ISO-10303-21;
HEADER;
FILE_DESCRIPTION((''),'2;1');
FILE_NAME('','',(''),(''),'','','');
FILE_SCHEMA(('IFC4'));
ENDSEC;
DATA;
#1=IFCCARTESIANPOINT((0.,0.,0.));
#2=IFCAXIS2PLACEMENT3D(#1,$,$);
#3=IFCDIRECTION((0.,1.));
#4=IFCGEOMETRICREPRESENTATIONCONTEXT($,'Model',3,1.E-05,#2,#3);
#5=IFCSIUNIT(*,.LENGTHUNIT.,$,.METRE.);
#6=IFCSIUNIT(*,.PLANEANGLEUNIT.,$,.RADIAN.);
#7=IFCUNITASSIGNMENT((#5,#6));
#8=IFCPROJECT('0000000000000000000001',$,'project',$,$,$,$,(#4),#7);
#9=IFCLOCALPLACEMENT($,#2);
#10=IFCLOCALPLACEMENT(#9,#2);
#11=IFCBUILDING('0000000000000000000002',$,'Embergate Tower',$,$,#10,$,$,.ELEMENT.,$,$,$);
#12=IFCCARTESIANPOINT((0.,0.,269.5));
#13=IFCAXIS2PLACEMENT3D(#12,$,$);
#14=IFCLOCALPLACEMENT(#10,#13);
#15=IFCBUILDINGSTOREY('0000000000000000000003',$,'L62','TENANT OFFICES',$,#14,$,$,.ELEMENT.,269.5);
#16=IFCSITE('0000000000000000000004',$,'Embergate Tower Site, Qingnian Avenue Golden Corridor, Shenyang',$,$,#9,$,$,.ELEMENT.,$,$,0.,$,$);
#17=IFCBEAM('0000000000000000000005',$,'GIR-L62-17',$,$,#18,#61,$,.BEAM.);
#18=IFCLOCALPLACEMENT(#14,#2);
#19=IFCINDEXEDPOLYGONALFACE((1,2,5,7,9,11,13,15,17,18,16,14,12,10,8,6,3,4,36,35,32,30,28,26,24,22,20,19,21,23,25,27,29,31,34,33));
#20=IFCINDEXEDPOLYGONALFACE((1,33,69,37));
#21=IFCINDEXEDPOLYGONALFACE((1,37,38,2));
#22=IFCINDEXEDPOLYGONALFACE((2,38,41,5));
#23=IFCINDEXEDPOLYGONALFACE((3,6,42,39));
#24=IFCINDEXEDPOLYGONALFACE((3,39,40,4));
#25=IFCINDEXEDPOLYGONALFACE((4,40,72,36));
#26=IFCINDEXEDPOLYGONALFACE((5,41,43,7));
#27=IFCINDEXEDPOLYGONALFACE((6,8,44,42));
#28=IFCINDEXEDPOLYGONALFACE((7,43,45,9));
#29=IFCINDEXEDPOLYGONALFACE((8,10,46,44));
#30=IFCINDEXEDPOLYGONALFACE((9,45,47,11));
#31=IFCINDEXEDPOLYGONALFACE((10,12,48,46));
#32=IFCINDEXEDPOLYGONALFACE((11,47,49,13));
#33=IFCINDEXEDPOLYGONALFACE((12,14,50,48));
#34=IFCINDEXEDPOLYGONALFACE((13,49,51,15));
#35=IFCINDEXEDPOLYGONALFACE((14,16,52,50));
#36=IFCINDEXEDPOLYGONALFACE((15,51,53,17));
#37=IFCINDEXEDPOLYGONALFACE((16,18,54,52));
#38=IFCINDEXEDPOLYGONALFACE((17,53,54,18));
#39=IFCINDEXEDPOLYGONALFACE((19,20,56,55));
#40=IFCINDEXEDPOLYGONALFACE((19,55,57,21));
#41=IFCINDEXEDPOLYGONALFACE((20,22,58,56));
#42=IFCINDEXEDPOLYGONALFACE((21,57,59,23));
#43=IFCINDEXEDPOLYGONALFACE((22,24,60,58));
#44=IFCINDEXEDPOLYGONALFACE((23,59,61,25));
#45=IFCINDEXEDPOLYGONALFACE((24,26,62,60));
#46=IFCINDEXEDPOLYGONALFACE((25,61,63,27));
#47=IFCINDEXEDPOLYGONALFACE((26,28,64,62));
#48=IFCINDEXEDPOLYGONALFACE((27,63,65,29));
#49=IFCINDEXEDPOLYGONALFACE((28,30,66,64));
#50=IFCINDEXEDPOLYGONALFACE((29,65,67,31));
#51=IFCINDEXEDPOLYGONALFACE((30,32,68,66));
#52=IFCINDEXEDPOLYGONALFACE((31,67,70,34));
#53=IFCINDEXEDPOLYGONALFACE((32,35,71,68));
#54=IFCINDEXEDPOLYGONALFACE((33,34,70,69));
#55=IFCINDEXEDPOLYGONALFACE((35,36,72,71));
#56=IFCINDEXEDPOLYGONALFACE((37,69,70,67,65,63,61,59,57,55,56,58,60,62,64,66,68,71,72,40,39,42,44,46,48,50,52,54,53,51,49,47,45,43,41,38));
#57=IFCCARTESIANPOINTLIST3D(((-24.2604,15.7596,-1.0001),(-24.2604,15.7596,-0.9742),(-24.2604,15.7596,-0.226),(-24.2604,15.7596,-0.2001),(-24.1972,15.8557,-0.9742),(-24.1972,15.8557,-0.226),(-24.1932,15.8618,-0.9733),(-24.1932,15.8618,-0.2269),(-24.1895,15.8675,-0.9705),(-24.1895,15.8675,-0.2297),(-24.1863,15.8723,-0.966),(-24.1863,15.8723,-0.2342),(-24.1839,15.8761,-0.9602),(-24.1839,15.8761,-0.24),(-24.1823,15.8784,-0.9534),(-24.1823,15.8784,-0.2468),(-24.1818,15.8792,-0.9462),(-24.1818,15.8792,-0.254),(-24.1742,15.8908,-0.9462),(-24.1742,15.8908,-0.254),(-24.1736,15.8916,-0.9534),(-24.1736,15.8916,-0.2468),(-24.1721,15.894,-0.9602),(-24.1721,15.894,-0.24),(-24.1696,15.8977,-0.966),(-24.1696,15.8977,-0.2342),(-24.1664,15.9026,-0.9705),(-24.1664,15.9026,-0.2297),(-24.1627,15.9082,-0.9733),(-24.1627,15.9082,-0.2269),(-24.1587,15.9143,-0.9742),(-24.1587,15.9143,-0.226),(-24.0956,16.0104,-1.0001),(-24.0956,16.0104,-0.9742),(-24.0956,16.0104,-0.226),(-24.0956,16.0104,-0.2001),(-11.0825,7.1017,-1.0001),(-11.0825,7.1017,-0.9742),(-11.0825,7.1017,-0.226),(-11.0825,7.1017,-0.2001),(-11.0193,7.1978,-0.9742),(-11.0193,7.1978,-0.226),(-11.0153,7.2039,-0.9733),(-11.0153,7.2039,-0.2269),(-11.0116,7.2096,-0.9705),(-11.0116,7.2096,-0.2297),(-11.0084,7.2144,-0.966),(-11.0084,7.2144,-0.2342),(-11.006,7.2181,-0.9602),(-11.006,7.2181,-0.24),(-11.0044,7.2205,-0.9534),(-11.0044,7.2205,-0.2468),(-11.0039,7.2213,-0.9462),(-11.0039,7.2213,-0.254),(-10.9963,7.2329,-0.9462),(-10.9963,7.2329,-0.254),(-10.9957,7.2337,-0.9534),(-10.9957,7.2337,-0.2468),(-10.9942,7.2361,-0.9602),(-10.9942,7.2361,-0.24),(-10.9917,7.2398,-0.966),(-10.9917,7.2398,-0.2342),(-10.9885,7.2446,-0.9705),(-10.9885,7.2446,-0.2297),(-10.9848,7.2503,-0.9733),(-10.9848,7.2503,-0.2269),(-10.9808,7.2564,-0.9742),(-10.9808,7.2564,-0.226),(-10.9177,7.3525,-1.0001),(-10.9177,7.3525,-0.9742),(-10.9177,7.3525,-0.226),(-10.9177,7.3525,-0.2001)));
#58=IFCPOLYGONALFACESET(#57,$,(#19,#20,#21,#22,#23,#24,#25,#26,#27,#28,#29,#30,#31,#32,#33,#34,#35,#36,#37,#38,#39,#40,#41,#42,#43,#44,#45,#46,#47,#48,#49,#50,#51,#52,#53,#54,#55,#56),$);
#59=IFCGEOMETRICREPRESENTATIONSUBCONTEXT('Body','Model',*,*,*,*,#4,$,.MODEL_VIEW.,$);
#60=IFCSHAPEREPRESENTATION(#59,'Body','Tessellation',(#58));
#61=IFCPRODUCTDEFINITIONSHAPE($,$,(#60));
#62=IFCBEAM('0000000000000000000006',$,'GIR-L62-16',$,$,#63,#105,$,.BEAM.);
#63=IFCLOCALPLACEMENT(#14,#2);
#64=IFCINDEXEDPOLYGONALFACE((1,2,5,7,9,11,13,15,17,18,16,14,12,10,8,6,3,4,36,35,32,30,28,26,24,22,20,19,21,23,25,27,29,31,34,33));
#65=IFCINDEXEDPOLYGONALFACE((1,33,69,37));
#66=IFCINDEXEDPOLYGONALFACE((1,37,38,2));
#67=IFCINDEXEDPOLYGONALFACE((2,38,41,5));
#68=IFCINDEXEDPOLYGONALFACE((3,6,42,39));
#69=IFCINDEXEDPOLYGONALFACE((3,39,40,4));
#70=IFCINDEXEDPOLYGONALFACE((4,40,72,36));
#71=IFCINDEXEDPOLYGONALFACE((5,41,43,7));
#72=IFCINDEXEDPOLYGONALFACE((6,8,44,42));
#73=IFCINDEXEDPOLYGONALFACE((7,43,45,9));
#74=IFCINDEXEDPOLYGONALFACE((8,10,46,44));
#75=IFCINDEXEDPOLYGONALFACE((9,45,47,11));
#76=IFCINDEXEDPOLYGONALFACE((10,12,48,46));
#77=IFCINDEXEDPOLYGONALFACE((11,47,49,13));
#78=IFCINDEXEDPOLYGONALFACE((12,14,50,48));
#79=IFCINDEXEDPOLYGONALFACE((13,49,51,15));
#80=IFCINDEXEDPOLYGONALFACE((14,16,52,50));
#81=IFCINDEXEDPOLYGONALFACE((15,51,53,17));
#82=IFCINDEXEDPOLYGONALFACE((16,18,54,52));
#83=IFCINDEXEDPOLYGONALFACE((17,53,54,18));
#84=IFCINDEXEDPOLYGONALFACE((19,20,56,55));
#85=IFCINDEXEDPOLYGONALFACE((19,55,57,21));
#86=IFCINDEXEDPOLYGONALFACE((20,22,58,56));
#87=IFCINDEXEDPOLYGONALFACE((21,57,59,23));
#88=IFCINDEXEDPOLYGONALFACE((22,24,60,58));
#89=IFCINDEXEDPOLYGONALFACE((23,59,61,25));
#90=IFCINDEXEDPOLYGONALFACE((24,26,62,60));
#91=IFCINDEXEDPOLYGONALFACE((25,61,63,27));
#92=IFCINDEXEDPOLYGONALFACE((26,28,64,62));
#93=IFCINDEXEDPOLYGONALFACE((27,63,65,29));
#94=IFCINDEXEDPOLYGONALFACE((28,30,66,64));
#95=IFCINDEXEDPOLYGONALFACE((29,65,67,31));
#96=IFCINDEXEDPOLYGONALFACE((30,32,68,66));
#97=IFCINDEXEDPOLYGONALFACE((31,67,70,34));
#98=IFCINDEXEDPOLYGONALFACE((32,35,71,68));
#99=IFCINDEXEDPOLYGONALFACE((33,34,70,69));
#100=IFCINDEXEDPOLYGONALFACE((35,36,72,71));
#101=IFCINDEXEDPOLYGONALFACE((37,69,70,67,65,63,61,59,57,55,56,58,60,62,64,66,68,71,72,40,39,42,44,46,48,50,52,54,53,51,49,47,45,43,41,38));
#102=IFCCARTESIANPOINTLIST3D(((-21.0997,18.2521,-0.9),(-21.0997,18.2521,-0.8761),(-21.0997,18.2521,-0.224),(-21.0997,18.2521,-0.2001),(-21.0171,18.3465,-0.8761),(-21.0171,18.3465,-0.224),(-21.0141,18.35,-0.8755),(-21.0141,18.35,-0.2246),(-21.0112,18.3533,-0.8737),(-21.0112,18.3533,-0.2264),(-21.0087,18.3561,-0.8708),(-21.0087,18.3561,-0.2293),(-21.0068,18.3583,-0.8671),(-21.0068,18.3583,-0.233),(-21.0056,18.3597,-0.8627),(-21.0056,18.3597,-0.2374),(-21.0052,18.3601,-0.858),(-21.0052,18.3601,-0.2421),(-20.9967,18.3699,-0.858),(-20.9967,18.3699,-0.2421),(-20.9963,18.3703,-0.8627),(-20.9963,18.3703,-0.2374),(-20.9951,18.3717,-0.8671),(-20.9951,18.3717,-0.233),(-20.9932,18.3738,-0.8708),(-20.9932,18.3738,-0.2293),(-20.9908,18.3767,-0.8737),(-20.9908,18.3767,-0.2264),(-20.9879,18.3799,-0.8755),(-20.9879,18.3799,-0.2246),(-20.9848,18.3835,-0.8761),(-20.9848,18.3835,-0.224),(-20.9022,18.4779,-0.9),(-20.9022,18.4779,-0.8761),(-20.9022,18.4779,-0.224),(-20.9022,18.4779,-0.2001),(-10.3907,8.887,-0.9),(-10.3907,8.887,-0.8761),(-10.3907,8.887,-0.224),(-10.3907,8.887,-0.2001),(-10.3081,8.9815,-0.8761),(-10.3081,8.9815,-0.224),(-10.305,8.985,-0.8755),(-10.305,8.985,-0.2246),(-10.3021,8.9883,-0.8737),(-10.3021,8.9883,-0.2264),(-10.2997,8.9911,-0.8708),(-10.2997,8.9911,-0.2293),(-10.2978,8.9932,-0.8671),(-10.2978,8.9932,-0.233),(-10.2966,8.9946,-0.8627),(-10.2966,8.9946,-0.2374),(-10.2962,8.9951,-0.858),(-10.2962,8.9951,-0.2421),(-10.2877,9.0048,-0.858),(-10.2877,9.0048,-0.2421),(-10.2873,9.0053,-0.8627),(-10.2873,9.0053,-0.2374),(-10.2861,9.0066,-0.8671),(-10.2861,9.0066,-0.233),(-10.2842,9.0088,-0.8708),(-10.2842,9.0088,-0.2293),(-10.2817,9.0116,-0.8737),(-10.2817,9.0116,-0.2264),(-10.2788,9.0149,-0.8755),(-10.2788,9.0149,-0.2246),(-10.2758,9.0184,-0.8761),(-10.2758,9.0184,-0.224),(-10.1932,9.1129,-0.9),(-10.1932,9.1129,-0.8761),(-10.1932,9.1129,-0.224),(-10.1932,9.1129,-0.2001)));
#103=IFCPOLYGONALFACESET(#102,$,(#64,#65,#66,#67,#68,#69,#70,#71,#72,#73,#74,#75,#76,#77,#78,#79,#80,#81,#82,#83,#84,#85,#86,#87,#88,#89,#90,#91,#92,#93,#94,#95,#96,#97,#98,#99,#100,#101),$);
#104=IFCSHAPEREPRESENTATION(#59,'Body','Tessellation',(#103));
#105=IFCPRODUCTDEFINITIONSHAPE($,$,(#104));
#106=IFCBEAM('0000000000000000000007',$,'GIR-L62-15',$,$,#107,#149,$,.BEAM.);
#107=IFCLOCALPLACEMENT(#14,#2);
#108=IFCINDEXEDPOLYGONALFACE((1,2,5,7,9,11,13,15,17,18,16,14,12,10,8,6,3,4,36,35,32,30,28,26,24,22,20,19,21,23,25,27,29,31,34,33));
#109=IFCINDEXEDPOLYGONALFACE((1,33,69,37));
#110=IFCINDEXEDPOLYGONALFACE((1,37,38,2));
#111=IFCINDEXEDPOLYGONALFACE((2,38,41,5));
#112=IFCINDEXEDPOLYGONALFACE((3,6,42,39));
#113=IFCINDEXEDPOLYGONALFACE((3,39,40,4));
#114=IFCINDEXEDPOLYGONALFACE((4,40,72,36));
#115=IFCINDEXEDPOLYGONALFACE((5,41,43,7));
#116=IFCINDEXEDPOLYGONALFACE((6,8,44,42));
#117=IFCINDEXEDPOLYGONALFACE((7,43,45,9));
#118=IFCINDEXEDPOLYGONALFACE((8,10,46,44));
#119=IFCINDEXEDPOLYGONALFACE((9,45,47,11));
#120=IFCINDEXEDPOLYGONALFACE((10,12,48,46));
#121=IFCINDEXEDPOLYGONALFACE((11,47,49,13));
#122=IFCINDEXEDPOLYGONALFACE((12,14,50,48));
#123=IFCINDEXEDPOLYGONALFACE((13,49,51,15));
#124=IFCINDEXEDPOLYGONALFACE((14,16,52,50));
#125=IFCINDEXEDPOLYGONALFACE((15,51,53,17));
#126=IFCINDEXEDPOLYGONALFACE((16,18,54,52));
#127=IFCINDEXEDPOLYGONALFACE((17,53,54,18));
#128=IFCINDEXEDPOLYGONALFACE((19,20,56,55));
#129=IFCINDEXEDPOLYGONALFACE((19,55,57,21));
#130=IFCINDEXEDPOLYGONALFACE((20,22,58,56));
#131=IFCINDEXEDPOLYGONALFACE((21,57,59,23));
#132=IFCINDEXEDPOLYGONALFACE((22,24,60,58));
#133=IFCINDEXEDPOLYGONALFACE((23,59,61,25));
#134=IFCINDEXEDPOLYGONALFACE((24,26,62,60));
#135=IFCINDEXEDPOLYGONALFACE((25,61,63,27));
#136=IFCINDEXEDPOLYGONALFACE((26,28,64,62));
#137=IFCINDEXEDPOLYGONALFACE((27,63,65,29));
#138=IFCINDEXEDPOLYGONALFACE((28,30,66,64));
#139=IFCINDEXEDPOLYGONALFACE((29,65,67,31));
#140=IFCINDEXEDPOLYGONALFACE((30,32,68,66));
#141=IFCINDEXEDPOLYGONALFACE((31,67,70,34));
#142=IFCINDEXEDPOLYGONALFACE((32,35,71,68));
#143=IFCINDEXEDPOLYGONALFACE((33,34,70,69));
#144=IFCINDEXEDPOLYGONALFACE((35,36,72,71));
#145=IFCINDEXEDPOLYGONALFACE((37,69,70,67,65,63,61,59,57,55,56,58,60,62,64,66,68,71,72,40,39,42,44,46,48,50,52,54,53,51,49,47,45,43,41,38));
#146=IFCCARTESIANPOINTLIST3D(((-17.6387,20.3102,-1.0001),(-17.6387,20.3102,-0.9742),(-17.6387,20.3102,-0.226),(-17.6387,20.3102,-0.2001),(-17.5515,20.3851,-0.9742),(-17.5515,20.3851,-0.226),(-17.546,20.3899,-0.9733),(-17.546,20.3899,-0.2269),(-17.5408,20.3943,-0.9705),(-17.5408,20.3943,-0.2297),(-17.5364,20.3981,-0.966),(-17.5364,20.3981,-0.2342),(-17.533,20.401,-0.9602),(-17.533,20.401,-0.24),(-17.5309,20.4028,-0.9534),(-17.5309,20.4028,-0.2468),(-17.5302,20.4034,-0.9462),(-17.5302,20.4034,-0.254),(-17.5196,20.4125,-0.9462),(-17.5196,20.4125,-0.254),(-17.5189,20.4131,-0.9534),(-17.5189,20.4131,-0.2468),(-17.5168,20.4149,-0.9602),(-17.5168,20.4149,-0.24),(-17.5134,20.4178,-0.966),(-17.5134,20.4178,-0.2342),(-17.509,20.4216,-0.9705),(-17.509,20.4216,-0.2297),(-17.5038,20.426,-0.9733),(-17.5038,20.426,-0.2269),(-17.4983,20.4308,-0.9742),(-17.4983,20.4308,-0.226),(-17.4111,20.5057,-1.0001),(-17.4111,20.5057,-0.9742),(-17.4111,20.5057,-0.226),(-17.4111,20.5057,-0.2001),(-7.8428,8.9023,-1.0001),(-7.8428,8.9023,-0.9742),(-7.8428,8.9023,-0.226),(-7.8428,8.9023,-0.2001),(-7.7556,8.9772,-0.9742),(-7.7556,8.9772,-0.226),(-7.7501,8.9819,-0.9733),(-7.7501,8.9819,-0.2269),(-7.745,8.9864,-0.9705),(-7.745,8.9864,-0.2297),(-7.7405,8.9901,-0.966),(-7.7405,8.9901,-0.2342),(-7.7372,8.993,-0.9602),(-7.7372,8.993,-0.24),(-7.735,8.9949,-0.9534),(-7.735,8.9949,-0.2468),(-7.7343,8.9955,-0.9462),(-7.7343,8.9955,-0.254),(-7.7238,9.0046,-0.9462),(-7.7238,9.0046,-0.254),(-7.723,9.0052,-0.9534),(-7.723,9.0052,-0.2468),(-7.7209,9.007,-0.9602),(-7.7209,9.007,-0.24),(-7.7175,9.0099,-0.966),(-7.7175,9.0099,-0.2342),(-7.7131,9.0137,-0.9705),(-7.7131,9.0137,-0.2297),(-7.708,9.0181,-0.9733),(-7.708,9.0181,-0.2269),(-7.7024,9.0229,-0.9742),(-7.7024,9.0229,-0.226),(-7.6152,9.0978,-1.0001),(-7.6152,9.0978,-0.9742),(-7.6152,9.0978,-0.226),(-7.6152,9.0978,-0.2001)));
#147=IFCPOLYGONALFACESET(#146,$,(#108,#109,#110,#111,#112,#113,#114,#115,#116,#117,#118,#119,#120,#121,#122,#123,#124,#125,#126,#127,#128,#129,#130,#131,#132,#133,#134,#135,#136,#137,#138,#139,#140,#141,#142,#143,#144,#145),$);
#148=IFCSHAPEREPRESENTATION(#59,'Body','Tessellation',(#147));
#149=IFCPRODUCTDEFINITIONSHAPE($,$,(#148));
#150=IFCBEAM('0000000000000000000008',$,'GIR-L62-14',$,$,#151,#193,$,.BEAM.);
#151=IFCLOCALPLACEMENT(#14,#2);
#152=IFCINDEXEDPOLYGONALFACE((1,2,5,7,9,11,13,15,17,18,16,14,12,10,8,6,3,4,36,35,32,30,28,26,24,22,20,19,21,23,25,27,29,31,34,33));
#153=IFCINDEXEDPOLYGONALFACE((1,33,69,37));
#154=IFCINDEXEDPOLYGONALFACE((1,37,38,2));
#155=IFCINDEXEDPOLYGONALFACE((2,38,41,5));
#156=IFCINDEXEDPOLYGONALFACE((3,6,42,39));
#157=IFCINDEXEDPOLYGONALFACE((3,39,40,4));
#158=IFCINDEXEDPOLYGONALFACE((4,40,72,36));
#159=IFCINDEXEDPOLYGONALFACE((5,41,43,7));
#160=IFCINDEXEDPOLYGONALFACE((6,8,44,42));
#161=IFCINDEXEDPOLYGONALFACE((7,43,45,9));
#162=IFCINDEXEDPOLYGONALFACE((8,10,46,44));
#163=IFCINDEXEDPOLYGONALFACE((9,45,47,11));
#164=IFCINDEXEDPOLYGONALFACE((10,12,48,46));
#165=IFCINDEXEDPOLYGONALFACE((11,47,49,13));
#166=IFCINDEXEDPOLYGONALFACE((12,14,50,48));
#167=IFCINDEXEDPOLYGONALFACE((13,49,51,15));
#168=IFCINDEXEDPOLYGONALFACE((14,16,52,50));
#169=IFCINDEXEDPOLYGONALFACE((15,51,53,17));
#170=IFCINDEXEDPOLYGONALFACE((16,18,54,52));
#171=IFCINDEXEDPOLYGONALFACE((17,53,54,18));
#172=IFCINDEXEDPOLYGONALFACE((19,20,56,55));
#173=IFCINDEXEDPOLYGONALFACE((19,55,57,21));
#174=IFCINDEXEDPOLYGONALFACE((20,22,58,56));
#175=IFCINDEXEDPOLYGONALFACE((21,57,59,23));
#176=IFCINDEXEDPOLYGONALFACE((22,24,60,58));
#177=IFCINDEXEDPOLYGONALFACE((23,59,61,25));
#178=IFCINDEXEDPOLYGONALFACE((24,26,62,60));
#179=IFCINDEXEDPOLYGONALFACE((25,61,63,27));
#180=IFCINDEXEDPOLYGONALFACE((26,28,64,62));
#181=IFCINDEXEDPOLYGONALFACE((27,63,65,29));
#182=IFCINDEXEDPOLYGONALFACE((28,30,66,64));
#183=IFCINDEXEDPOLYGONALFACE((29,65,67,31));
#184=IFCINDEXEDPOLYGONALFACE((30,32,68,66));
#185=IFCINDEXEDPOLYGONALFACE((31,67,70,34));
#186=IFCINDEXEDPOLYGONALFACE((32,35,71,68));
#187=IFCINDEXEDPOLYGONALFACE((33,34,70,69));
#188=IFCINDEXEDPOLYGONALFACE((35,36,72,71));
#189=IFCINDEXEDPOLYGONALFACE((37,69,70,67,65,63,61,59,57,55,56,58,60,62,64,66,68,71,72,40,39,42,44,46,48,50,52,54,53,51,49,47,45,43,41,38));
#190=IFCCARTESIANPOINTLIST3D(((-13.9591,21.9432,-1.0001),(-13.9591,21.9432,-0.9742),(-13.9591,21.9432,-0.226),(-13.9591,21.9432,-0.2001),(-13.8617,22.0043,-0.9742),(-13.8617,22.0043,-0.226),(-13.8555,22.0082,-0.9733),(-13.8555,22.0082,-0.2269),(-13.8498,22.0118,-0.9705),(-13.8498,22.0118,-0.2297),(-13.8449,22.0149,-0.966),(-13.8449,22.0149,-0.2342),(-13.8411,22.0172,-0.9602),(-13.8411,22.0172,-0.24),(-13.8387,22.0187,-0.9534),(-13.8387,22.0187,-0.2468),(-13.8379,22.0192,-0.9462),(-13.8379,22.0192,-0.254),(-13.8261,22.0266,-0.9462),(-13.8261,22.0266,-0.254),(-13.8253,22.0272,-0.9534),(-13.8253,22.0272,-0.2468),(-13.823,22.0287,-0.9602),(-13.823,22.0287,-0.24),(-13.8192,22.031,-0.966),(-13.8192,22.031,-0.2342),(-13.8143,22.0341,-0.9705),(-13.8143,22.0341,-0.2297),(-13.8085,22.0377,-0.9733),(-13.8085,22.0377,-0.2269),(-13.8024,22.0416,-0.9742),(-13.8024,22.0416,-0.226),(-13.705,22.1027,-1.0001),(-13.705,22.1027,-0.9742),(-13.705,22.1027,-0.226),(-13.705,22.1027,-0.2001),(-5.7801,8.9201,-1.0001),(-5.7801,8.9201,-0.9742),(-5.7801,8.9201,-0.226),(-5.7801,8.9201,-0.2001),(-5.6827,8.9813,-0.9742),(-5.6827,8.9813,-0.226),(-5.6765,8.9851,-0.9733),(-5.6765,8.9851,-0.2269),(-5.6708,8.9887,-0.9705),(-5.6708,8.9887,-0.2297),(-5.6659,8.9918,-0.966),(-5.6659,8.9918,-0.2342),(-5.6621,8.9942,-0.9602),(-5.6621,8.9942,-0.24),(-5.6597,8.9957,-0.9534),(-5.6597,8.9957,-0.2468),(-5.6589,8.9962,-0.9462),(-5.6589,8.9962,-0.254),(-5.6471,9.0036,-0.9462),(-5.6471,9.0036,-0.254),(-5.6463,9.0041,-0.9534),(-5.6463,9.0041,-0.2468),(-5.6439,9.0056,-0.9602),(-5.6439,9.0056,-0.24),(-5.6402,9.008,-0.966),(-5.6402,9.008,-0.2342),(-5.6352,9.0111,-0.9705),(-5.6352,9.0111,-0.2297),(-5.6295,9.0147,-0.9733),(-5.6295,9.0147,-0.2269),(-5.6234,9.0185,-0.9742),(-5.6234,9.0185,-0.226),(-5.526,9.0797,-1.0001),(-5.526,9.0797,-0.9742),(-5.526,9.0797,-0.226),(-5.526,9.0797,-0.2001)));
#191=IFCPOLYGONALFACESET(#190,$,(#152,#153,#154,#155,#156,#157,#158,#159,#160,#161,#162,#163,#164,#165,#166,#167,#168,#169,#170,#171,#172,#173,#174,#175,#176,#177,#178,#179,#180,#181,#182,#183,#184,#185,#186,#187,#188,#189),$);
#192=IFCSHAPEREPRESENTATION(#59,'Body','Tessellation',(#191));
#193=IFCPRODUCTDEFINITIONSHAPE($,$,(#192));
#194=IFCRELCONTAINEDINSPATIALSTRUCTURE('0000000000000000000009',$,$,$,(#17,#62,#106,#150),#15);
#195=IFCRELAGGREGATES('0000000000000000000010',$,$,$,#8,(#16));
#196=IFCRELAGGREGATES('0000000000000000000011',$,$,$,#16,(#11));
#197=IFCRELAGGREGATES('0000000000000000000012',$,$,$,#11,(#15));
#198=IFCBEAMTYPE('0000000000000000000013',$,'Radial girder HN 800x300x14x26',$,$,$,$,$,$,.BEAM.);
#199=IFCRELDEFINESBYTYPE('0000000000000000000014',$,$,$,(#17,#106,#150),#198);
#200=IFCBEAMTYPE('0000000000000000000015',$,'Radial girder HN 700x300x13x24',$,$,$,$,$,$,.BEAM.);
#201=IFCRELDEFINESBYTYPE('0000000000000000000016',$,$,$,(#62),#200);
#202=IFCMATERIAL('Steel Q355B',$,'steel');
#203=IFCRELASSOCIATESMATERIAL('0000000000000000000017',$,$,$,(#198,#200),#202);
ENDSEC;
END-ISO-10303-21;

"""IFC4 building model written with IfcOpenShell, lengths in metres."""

from ifc_helpers import new_model, si_unit, direction, frame, origin, origin_2d, place, context, subcontext, project, spatial, i_section, extrude, source, transform, mapped, material, material_profile, profile_set, type_object, element, save


model = new_model("IFC4")

# Units and contexts
model_context = context("Model", 3, precision=1e-05, world=origin(), true_north=direction((0.0, 1.0)))
body_context = subcontext(model_context, "Body", "Model", "MODEL_VIEW")
ifc_project = project(units=[si_unit("LENGTHUNIT", "METRE"), si_unit("PLANEANGLEUNIT", "RADIAN")], contexts=[model_context])

# Site, building, storey
site_placement = place(None, origin())
site = spatial("IfcSite", under=ifc_project, at=site_placement, Name="Embergate Tower Site, Qingnian Avenue Golden Corridor, Shenyang", CompositionType="ELEMENT", RefElevation=0.0)
building_placement = place(site_placement, origin())
building = spatial("IfcBuilding", under=site, at=building_placement, Name="Embergate Tower", CompositionType="ELEMENT")
storey_placement = place(building_placement, frame((0.0, 0.0, 269.5)))
storey = spatial("IfcBuildingStorey", under=building, at=storey_placement, Name="L62", Description="TENANT OFFICES", CompositionType="ELEMENT", Elevation=269.5)

# Beams
ifc_material_1 = material(Name="Steel Q355B", Category="steel")
ifc_material_profile_1 = material_profile(ifc_material_1, i_section(OverallWidth=0.3, OverallDepth=0.8, WebThickness=0.0139, FlangeThickness=0.0259, FilletRadius=0.0281, at=origin_2d()), Name="HN 800x300x14x26")
ifc_profile_set_1 = profile_set([ifc_material_profile_1], Name="Steel Q355 grade B")
beam_type_1 = type_object("IfcBeamType", Name="Radial girder HN 800x300x14x26", PredefinedType="BEAM", material=ifc_profile_set_1)
shared_shape_1 = source(origin(), body_context, "Body", "SweptSolid", [
    extrude(i_section(OverallWidth=0.3, OverallDepth=0.8, WebThickness=0.0139, FlangeThickness=0.0259, FilletRadius=0.0281, at=origin_2d()), origin(), (0.0, 0.0, 1.0), 15.7676),
])
beam_1_placement = place(storey_placement, frame((-24.178, 15.885, -0.6001), z_axis=(0.835759, -0.549096, 0.0), x_axis=(0.549096, 0.835759, 0.0)))
element("IfcBeam", 1, at=beam_1_placement, inside=storey, type_object=beam_type_1, Name="GIR-L62-17", PredefinedType="BEAM", context=body_context, shape_type="MappedRepresentation", body=[
    mapped(shared_shape_1, transform((0.0, 0.0, 0.0))),
])
ifc_material_profile_2 = material_profile(ifc_material_1, i_section(OverallWidth=0.3, OverallDepth=0.7, WebThickness=0.0129, FlangeThickness=0.0239, FilletRadius=0.0181, at=origin_2d()), Name="HN 700x300x13x24")
ifc_profile_set_2 = profile_set([ifc_material_profile_2], Name="Steel Q355 grade B")
beam_type_2 = type_object("IfcBeamType", Name="Radial girder HN 700x300x13x24", PredefinedType="BEAM", material=ifc_profile_set_2)
shared_shape_2 = source(origin(), body_context, "Body", "SweptSolid", [
    extrude(i_section(OverallWidth=0.3, OverallDepth=0.7, WebThickness=0.0129, FlangeThickness=0.0239, FilletRadius=0.0181, at=origin_2d()), origin(), (0.0, 0.0, 1.0), 14.2263),
])
beam_2_placement = place(storey_placement, frame((-21.001, 18.365, -0.55), z_axis=(0.752764, -0.658291, 0.0), x_axis=(0.658291, 0.752764, 0.0)))
element("IfcBeam", 2, at=beam_2_placement, inside=storey, type_object=beam_type_2, Name="GIR-L62-16", PredefinedType="BEAM", context=body_context, shape_type="MappedRepresentation", body=[
    mapped(shared_shape_2, transform((0.0, 0.0, 0.0))),
])
shared_shape_3 = source(origin(), body_context, "Body", "SweptSolid", [
    extrude(i_section(OverallWidth=0.3, OverallDepth=0.8, WebThickness=0.0139, FlangeThickness=0.0259, FilletRadius=0.0281, at=origin_2d()), origin(), (0.0, 0.0, 1.0), 15.0366),
])
beam_3_placement = place(storey_placement, frame((-17.5249, 20.408, -0.6001), z_axis=(0.651468, -0.758676, 0.0), x_axis=(0.758676, 0.651468, 0.0)))
element("IfcBeam", 3, at=beam_3_placement, inside=storey, type_object=beam_type_1, Name="GIR-L62-15", PredefinedType="BEAM", context=body_context, shape_type="MappedRepresentation", body=[
    mapped(shared_shape_3, transform((0.0, 0.0, 0.0))),
])
shared_shape_4 = source(origin(), body_context, "Body", "SweptSolid", [
    extrude(i_section(OverallWidth=0.3, OverallDepth=0.8, WebThickness=0.0139, FlangeThickness=0.0259, FilletRadius=0.0281, at=origin_2d()), origin(), (0.0, 0.0, 1.0), 15.3784),
])
beam_4_placement = place(storey_placement, frame((-13.832, 22.0229, -0.6001), z_axis=(0.53185, -0.846839, 0.0), x_axis=(0.846839, 0.53185, 0.0)))
element("IfcBeam", 4, at=beam_4_placement, inside=storey, type_object=beam_type_1, Name="GIR-L62-14", PredefinedType="BEAM", context=body_context, shape_type="MappedRepresentation", body=[
    mapped(shared_shape_4, transform((0.0, 0.0, 0.0))),
])

save(model, "model.ifc")
